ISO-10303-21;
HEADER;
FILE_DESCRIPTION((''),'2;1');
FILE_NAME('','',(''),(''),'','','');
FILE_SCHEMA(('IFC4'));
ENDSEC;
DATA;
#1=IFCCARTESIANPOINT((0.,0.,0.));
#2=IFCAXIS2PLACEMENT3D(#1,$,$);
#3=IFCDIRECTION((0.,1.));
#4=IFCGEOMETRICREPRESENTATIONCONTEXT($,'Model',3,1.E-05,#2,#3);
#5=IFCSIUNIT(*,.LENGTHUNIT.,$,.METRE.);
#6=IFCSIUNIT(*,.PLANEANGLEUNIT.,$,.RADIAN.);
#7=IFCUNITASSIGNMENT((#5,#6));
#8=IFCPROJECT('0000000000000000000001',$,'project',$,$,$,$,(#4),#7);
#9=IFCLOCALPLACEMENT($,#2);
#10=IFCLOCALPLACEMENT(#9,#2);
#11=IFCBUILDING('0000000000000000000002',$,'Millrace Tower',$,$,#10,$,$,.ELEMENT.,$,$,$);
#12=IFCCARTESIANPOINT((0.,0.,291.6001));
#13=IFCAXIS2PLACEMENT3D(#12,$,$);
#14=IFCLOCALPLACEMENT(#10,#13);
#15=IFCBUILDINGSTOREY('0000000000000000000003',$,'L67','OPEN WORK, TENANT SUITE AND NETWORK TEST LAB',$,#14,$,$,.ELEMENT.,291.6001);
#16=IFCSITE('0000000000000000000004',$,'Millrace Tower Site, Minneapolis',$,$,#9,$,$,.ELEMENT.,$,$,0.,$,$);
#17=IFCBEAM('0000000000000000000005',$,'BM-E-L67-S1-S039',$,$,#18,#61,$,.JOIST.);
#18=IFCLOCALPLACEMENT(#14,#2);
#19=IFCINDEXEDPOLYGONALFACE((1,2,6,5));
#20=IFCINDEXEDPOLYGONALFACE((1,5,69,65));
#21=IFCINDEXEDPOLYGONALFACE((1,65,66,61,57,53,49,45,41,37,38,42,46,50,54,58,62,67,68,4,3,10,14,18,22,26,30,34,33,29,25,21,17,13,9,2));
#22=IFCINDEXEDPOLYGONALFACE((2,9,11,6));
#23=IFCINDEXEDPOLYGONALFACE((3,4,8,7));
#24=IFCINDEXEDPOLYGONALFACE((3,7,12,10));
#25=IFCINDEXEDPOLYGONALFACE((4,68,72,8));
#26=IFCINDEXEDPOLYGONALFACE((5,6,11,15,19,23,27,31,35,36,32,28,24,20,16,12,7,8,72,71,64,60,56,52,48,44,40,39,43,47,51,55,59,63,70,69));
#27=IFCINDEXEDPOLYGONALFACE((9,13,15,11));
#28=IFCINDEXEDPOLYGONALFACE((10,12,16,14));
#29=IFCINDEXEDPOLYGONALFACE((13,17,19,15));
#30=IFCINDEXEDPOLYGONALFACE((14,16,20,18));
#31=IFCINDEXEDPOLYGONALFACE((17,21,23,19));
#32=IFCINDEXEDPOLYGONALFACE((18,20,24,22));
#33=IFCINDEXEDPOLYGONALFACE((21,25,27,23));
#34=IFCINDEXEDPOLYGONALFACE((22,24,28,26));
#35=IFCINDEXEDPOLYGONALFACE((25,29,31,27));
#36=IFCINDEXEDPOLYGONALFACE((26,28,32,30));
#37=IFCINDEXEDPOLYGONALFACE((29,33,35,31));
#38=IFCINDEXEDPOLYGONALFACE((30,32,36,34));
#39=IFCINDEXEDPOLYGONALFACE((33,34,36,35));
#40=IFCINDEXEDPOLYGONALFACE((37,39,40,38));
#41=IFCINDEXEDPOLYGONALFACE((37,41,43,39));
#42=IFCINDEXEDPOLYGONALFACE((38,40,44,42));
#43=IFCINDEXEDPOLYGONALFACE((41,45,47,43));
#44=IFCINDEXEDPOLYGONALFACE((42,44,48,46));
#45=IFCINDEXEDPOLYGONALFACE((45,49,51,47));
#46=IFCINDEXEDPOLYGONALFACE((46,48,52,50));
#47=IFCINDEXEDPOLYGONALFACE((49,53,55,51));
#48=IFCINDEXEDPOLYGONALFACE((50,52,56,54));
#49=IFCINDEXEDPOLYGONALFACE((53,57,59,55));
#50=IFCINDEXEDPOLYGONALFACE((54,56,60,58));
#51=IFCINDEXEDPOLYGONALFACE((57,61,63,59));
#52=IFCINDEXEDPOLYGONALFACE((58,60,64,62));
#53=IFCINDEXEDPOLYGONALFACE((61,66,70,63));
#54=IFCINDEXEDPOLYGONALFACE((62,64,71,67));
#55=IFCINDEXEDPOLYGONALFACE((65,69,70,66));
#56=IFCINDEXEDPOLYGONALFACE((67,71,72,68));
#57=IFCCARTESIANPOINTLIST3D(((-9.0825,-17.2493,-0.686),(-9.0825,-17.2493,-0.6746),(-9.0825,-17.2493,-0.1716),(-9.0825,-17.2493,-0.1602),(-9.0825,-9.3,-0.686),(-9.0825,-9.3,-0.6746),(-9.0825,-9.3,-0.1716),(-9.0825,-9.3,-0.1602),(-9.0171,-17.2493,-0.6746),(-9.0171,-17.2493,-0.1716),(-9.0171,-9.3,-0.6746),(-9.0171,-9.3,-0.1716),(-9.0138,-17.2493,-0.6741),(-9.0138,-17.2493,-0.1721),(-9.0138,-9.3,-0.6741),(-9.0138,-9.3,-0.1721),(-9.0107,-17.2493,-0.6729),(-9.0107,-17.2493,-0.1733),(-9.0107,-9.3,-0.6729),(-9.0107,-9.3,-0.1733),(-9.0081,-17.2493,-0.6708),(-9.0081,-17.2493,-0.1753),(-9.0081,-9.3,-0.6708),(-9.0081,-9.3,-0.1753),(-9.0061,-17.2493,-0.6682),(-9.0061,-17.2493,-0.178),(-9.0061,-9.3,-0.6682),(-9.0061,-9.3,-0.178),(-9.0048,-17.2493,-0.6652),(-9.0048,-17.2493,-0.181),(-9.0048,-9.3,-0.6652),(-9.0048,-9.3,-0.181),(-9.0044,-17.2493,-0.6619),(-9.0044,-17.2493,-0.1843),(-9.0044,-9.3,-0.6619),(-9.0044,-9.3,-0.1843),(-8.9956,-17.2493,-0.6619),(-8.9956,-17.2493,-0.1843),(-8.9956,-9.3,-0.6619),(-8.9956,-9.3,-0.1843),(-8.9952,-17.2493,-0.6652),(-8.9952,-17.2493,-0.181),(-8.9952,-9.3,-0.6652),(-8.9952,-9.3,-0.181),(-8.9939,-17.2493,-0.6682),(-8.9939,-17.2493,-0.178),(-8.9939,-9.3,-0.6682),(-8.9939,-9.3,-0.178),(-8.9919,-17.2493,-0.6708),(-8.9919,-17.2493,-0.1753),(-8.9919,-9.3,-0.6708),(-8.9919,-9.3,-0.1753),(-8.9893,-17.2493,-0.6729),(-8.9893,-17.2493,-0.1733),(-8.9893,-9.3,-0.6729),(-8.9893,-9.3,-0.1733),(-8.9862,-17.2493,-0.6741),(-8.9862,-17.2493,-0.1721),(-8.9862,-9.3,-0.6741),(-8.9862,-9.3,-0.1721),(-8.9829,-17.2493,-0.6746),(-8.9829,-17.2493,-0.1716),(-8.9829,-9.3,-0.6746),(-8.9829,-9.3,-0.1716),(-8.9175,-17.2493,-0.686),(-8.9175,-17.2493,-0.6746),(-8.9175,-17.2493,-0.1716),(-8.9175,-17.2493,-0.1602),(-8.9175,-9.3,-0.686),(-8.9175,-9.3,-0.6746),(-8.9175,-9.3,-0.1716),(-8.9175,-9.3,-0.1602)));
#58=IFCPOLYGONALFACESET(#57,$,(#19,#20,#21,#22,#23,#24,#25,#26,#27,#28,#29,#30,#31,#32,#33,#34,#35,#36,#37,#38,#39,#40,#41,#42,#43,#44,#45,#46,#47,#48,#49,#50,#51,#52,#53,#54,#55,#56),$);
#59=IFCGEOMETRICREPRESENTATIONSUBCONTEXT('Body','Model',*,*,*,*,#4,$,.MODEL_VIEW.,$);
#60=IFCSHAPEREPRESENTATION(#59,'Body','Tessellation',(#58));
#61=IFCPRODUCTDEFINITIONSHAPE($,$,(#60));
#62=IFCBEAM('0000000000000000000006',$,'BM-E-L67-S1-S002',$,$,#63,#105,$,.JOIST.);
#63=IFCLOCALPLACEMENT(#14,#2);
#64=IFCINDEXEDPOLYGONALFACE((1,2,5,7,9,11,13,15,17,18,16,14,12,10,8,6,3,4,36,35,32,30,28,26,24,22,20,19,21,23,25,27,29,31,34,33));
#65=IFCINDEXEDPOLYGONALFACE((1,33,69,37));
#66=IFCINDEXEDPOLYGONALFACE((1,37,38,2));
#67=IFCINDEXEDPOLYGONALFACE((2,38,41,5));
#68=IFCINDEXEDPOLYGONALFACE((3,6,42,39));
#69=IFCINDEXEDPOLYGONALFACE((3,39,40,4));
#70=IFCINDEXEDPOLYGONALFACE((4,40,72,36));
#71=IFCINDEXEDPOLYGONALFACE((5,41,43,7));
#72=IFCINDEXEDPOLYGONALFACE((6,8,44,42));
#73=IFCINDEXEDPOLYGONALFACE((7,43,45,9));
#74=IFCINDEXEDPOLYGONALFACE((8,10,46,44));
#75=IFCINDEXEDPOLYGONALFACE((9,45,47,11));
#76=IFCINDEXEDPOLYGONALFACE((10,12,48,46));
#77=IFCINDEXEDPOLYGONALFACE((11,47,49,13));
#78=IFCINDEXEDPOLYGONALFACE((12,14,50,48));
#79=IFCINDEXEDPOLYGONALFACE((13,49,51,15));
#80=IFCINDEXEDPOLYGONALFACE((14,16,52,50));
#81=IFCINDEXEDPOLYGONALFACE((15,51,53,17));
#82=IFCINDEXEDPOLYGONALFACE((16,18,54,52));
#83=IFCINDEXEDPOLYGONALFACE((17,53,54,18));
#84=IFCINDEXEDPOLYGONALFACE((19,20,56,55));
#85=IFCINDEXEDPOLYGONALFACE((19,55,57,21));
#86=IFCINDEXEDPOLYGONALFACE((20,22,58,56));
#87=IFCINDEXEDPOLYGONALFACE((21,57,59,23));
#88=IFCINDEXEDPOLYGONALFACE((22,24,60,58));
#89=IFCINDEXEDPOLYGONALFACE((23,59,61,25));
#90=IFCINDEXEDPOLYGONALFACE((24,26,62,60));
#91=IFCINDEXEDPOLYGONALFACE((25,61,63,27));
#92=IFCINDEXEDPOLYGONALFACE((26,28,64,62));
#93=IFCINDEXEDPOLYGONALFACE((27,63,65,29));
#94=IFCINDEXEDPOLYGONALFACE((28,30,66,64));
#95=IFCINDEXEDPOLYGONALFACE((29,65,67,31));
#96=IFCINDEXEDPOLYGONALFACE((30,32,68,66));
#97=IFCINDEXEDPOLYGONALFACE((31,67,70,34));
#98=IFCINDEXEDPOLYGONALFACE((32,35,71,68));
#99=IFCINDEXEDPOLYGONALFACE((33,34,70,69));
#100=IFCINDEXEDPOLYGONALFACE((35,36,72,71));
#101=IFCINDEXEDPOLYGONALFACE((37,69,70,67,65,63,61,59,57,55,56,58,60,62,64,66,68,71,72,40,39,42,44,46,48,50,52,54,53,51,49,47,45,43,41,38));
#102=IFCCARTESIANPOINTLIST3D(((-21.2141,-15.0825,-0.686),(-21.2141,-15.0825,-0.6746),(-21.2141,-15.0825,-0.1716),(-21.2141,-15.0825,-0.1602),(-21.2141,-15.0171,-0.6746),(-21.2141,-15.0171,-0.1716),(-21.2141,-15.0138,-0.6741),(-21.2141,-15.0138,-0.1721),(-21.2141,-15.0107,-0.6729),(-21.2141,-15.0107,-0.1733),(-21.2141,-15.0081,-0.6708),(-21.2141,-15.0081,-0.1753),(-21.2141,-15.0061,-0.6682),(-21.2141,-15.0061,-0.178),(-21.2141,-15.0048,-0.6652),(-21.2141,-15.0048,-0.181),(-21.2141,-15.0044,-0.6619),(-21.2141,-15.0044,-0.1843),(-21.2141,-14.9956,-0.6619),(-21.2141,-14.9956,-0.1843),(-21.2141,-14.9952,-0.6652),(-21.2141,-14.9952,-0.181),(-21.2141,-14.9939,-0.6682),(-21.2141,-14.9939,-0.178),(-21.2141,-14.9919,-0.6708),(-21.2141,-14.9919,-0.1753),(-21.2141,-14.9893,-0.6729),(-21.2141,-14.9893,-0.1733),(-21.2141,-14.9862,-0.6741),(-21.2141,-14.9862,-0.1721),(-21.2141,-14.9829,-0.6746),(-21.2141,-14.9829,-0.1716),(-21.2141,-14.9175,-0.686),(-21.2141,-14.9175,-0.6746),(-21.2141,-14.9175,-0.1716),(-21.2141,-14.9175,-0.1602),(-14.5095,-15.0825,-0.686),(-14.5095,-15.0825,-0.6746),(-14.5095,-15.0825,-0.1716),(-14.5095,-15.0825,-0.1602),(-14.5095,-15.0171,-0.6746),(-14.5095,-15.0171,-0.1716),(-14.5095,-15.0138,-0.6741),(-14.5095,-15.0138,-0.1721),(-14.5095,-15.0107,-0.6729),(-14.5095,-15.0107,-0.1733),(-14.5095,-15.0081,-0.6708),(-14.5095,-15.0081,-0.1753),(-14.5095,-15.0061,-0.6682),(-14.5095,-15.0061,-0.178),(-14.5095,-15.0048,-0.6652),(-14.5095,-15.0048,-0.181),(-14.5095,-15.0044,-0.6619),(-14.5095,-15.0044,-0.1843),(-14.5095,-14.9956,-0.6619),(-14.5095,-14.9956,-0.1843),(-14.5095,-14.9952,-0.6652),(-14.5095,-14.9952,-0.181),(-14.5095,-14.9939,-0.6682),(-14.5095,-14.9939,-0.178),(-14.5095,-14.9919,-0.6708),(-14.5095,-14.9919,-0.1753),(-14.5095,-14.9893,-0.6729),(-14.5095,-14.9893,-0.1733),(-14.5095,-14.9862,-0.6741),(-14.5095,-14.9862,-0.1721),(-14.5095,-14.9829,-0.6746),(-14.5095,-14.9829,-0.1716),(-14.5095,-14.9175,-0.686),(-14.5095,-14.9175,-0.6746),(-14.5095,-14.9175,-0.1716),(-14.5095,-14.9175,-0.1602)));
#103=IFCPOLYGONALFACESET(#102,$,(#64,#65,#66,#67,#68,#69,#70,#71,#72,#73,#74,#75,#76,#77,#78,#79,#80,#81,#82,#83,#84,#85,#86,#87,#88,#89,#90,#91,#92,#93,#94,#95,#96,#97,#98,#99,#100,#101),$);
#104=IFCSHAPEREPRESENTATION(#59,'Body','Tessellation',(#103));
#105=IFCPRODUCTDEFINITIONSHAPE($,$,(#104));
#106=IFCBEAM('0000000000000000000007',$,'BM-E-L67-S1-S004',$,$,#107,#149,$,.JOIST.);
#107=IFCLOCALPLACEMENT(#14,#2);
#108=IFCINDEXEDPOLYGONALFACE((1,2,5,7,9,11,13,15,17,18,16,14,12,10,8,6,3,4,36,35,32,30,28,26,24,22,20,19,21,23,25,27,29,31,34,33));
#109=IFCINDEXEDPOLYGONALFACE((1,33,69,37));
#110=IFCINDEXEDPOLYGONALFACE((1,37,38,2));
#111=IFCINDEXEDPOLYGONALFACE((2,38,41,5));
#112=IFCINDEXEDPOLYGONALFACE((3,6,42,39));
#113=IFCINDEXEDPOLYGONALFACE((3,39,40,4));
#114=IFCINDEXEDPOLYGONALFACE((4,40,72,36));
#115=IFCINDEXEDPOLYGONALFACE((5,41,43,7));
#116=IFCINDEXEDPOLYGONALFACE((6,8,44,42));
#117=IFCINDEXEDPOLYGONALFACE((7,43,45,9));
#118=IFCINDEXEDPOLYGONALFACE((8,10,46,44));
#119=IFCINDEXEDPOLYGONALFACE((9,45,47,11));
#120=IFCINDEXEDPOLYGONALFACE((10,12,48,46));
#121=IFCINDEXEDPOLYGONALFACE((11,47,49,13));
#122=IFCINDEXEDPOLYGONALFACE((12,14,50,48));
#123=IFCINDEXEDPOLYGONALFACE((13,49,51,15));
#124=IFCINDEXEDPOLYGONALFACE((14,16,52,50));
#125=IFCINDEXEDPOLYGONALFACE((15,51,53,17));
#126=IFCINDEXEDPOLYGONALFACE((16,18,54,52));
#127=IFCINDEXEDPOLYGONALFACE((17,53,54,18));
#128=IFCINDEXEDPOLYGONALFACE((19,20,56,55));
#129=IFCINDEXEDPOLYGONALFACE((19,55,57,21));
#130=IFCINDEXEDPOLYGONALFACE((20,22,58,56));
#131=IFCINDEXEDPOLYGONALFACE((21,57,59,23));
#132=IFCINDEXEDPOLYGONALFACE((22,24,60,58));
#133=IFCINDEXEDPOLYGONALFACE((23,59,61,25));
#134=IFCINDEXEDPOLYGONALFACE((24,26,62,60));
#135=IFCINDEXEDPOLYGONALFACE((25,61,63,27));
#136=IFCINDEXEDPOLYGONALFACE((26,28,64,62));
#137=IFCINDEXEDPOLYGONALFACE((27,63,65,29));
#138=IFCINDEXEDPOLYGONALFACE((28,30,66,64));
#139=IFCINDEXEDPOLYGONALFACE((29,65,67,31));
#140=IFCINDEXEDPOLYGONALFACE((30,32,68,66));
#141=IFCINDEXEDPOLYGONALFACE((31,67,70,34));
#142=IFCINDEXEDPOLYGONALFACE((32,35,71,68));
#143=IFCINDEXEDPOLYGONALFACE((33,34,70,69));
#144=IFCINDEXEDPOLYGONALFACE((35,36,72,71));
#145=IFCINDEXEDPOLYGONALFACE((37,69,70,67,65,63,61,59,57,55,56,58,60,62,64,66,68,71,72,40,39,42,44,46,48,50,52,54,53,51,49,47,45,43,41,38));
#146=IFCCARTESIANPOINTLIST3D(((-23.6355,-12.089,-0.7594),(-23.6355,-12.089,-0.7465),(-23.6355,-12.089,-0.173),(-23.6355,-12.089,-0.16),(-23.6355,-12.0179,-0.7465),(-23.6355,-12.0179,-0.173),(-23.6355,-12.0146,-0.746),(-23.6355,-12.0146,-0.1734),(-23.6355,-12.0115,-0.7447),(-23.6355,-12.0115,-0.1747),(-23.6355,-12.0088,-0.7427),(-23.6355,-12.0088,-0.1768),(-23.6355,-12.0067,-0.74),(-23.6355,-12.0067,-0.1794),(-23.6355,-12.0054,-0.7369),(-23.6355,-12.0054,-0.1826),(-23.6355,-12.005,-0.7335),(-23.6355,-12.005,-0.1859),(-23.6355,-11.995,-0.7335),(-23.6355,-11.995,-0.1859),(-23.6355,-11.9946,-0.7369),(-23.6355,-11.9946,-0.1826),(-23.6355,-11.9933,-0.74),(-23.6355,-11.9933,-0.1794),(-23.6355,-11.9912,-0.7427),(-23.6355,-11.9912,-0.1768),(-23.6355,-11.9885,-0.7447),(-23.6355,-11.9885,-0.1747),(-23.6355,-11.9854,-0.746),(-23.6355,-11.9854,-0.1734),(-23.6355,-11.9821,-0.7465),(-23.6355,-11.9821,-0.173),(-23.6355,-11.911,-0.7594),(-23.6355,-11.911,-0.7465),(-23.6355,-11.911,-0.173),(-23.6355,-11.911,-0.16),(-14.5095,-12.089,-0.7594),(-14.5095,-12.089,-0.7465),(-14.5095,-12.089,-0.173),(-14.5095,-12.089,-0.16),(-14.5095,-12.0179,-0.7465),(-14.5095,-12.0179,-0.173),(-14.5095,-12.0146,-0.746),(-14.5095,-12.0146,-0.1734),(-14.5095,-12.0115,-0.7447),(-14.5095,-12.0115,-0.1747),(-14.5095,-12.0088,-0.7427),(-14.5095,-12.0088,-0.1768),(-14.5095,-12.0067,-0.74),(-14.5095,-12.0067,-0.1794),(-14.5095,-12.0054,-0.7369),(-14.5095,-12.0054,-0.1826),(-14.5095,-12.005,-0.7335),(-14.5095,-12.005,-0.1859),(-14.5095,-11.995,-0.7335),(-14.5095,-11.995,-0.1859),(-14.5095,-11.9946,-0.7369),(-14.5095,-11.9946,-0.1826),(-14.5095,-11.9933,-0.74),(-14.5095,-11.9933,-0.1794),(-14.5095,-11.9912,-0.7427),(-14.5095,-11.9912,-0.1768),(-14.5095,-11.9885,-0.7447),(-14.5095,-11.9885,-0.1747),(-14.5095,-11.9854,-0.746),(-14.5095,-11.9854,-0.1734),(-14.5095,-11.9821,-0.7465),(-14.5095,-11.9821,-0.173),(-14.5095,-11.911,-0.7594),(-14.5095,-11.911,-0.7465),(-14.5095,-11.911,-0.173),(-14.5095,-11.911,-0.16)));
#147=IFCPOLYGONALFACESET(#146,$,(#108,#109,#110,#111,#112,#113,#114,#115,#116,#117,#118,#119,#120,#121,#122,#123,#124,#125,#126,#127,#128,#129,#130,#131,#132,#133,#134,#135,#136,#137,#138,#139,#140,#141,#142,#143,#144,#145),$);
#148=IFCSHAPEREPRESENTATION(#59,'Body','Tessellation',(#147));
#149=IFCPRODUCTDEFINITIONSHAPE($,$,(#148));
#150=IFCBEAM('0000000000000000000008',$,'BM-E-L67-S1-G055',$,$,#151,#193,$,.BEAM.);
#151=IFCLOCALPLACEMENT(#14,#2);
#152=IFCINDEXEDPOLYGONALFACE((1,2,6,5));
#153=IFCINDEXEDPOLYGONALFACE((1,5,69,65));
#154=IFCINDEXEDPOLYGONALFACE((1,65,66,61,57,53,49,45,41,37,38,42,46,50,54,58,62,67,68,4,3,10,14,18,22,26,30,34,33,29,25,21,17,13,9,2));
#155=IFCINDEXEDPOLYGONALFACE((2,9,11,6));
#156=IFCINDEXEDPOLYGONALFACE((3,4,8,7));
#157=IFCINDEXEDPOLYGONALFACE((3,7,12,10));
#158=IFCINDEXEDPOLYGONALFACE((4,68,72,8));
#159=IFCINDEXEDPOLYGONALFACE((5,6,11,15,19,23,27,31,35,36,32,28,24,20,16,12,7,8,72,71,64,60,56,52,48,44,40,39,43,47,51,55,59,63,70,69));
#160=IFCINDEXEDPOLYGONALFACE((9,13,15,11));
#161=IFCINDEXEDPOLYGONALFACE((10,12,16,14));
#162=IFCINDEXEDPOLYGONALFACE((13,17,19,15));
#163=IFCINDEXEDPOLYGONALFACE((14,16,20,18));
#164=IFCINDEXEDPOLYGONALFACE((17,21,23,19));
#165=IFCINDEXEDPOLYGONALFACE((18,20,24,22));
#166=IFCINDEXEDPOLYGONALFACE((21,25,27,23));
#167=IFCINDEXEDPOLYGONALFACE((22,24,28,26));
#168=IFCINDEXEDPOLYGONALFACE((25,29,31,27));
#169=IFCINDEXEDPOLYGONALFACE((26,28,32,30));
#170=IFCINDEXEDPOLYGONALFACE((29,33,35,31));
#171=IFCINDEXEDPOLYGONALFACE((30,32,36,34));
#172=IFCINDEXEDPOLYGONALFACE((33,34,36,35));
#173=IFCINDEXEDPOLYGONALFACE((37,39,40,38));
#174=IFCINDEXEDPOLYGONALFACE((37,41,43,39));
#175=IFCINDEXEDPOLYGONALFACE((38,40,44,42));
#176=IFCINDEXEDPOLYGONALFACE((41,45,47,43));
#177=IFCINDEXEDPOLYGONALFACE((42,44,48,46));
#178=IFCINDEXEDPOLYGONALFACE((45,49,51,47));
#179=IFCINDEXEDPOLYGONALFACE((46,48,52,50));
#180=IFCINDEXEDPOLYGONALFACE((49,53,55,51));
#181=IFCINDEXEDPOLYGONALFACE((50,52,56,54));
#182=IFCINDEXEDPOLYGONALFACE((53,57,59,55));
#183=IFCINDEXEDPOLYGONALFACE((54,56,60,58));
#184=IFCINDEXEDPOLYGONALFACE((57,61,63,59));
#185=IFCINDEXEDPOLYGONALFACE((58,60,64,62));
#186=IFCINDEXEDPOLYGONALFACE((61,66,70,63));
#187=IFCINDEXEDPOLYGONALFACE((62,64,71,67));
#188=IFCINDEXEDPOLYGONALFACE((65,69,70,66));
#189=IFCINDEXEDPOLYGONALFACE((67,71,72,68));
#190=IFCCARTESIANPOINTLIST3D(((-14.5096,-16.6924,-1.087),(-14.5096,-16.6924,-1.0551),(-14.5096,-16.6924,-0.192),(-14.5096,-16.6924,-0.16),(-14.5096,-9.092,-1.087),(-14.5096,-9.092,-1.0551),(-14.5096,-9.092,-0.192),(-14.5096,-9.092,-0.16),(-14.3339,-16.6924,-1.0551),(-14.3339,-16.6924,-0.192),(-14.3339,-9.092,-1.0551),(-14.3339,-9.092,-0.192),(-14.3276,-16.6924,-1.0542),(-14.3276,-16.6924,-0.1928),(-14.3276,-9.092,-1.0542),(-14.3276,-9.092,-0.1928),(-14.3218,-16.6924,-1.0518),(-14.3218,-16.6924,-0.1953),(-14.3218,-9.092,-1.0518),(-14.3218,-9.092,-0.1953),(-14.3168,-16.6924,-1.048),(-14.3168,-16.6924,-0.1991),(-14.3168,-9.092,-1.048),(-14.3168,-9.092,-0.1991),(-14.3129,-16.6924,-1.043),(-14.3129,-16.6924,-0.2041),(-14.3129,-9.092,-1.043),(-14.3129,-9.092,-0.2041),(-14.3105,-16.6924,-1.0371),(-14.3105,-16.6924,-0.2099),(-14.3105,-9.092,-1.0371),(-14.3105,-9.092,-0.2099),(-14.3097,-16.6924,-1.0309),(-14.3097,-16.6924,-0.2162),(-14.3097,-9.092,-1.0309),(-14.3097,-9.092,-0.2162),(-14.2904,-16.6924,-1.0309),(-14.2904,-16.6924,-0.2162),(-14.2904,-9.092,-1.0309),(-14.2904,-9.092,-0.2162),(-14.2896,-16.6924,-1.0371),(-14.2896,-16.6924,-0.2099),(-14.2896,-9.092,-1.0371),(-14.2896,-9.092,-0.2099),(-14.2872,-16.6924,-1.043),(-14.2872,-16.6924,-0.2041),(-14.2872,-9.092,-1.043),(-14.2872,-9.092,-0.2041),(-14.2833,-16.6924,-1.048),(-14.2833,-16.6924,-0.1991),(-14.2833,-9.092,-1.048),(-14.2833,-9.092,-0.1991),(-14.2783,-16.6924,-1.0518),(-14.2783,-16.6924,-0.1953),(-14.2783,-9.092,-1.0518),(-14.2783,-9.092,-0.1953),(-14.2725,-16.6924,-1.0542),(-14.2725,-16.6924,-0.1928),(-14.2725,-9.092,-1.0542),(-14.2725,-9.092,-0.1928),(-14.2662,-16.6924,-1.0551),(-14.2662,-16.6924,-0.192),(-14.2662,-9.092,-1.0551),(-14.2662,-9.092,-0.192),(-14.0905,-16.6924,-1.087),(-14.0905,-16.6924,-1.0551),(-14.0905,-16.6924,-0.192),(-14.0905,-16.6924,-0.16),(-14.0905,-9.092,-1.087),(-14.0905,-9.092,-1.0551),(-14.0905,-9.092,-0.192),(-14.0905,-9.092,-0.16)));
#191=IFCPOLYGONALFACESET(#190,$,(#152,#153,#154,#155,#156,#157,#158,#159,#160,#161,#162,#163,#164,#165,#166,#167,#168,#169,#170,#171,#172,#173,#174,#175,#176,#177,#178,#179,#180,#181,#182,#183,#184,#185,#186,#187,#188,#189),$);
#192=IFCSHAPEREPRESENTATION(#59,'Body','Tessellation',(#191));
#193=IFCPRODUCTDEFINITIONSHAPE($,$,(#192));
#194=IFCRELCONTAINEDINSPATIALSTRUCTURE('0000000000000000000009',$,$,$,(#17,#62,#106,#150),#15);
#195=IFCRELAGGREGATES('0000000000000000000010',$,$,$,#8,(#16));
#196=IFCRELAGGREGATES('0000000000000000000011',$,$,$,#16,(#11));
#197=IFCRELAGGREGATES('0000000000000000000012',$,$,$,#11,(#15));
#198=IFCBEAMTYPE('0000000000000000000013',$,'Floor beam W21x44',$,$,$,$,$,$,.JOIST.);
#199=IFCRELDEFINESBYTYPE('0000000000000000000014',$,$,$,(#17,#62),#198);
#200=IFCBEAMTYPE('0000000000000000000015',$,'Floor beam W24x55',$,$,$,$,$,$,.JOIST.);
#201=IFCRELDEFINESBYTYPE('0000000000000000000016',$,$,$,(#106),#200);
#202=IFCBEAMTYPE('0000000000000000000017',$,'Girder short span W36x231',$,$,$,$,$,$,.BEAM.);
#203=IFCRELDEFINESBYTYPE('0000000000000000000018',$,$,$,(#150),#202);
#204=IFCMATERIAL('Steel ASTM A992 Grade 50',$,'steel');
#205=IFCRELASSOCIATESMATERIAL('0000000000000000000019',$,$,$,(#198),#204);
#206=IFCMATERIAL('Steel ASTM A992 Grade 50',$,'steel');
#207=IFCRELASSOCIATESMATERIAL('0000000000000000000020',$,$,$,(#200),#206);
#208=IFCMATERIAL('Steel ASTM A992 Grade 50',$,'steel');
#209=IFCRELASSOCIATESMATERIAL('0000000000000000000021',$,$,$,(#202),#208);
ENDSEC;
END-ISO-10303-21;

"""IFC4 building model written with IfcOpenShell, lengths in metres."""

from ifc_helpers import new_model, si_unit, direction, frame, origin, origin_2d, place, context, subcontext, project, spatial, i_section, extrude, material, material_profile, profile_set, type_object, element, save


model = new_model("IFC4")

# Units and contexts
model_context = context("Model", 3, precision=1e-05, world=origin(), true_north=direction((0.0, 1.0)))
body_context = subcontext(model_context, "Body", "Model", "MODEL_VIEW")
ifc_project = project(units=[si_unit("LENGTHUNIT", "METRE"), si_unit("PLANEANGLEUNIT", "RADIAN")], contexts=[model_context])

# Site, building, storey
site_placement = place(None, origin())
site = spatial("IfcSite", under=ifc_project, at=site_placement, Name="Millrace Tower Site, Minneapolis", CompositionType="ELEMENT", RefElevation=0.0)
building_placement = place(site_placement, origin())
building = spatial("IfcBuilding", under=site, at=building_placement, Name="Millrace Tower", CompositionType="ELEMENT")
storey_placement = place(building_placement, frame((0.0, 0.0, 291.6001)))
storey = spatial("IfcBuildingStorey", under=building, at=storey_placement, Name="L67", Description="OPEN WORK, TENANT SUITE AND NETWORK TEST LAB", CompositionType="ELEMENT", Elevation=291.6001)

# Beams
ifc_material_1 = material(Name="Steel ASTM A992 Grade 50", Category="steel")
ifc_material_profile_1 = material_profile(ifc_material_1, i_section(OverallWidth=0.165, OverallDepth=0.5259, WebThickness=0.0088, FlangeThickness=0.0115, FilletRadius=0.0127, at=origin_2d()))
ifc_profile_set_1 = profile_set([ifc_material_profile_1], Name="Steel ASTM A992 Grade 50")
beam_type_1 = type_object("IfcBeamType", Name="Floor beam W21x44", PredefinedType="JOIST", material=ifc_profile_set_1)
beam_1_placement = place(storey_placement, frame((-9.0, -17.2493, -0.4231), z_axis=(0.0, 1.0, 0.0), x_axis=(-1.0, 0.0, 0.0)))
element("IfcBeam", 1, at=beam_1_placement, inside=storey, type_object=beam_type_1, Name="BM-E-L67-S1-S039", PredefinedType="JOIST", context=body_context, shape_type="SweptSolid", body=[
    extrude(i_section(OverallWidth=0.165, OverallDepth=0.5259, WebThickness=0.0088, FlangeThickness=0.0115, FilletRadius=0.0127, at=origin_2d()), origin(), (0.0, 0.0, 1.0), 7.9492),
])
beam_2_placement = place(storey_placement, frame((-21.2141, -15.0, -0.4231), z_axis=(1.0, 0.0, 0.0), x_axis=(0.0, 1.0, 0.0)))
element("IfcBeam", 2, at=beam_2_placement, inside=storey, type_object=beam_type_1, Name="BM-E-L67-S1-S002", PredefinedType="JOIST", context=body_context, shape_type="SweptSolid", body=[
    extrude(i_section(OverallWidth=0.165, OverallDepth=0.5259, WebThickness=0.0088, FlangeThickness=0.0115, FilletRadius=0.0127, at=origin_2d()), origin(), (0.0, 0.0, 1.0), 6.7046),
])
ifc_material_2 = material(Name="Steel ASTM A992 Grade 50", Category="steel")
ifc_material_profile_2 = material_profile(ifc_material_2, i_section(OverallWidth=0.178, OverallDepth=0.5994, WebThickness=0.01, FlangeThickness=0.0129, FilletRadius=0.0129, at=origin_2d()))
ifc_profile_set_2 = profile_set([ifc_material_profile_2], Name="Steel ASTM A992 Grade 50")
beam_type_2 = type_object("IfcBeamType", Name="Floor beam W24x55", PredefinedType="JOIST", material=ifc_profile_set_2)
beam_3_placement = place(storey_placement, frame((-23.6355, -12.0, -0.4597), z_axis=(1.0, 0.0, 0.0), x_axis=(0.0, 1.0, 0.0)))
element("IfcBeam", 3, at=beam_3_placement, inside=storey, type_object=beam_type_2, Name="BM-E-L67-S1-S004", PredefinedType="JOIST", context=body_context, shape_type="SweptSolid", body=[
    extrude(i_section(OverallWidth=0.178, OverallDepth=0.5994, WebThickness=0.01, FlangeThickness=0.0129, FilletRadius=0.0129, at=origin_2d()), origin(), (0.0, 0.0, 1.0), 9.126),
])
ifc_material_3 = material(Name="Steel ASTM A992 Grade 50", Category="steel")
ifc_material_profile_3 = material_profile(ifc_material_3, i_section(OverallWidth=0.4192, OverallDepth=0.927, WebThickness=0.0193, FlangeThickness=0.032, FilletRadius=0.0242, at=origin_2d()))
ifc_profile_set_3 = profile_set([ifc_material_profile_3], Name="Steel ASTM A992 Grade 50")
beam_type_3 = type_object("IfcBeamType", Name="Girder short span W36x231", PredefinedType="BEAM", material=ifc_profile_set_3)
beam_4_placement = place(storey_placement, frame((-14.3, -16.6924, -0.6235), z_axis=(0.0, 1.0, 0.0), x_axis=(-1.0, 0.0, 0.0)))
element("IfcBeam", 4, at=beam_4_placement, inside=storey, type_object=beam_type_3, Name="BM-E-L67-S1-G055", PredefinedType="BEAM", context=body_context, shape_type="SweptSolid", body=[
    extrude(i_section(OverallWidth=0.4192, OverallDepth=0.927, WebThickness=0.0193, FlangeThickness=0.032, FilletRadius=0.0242, at=origin_2d()), origin(), (0.0, 0.0, 1.0), 7.6003),
])

save(model, "model.ifc")
